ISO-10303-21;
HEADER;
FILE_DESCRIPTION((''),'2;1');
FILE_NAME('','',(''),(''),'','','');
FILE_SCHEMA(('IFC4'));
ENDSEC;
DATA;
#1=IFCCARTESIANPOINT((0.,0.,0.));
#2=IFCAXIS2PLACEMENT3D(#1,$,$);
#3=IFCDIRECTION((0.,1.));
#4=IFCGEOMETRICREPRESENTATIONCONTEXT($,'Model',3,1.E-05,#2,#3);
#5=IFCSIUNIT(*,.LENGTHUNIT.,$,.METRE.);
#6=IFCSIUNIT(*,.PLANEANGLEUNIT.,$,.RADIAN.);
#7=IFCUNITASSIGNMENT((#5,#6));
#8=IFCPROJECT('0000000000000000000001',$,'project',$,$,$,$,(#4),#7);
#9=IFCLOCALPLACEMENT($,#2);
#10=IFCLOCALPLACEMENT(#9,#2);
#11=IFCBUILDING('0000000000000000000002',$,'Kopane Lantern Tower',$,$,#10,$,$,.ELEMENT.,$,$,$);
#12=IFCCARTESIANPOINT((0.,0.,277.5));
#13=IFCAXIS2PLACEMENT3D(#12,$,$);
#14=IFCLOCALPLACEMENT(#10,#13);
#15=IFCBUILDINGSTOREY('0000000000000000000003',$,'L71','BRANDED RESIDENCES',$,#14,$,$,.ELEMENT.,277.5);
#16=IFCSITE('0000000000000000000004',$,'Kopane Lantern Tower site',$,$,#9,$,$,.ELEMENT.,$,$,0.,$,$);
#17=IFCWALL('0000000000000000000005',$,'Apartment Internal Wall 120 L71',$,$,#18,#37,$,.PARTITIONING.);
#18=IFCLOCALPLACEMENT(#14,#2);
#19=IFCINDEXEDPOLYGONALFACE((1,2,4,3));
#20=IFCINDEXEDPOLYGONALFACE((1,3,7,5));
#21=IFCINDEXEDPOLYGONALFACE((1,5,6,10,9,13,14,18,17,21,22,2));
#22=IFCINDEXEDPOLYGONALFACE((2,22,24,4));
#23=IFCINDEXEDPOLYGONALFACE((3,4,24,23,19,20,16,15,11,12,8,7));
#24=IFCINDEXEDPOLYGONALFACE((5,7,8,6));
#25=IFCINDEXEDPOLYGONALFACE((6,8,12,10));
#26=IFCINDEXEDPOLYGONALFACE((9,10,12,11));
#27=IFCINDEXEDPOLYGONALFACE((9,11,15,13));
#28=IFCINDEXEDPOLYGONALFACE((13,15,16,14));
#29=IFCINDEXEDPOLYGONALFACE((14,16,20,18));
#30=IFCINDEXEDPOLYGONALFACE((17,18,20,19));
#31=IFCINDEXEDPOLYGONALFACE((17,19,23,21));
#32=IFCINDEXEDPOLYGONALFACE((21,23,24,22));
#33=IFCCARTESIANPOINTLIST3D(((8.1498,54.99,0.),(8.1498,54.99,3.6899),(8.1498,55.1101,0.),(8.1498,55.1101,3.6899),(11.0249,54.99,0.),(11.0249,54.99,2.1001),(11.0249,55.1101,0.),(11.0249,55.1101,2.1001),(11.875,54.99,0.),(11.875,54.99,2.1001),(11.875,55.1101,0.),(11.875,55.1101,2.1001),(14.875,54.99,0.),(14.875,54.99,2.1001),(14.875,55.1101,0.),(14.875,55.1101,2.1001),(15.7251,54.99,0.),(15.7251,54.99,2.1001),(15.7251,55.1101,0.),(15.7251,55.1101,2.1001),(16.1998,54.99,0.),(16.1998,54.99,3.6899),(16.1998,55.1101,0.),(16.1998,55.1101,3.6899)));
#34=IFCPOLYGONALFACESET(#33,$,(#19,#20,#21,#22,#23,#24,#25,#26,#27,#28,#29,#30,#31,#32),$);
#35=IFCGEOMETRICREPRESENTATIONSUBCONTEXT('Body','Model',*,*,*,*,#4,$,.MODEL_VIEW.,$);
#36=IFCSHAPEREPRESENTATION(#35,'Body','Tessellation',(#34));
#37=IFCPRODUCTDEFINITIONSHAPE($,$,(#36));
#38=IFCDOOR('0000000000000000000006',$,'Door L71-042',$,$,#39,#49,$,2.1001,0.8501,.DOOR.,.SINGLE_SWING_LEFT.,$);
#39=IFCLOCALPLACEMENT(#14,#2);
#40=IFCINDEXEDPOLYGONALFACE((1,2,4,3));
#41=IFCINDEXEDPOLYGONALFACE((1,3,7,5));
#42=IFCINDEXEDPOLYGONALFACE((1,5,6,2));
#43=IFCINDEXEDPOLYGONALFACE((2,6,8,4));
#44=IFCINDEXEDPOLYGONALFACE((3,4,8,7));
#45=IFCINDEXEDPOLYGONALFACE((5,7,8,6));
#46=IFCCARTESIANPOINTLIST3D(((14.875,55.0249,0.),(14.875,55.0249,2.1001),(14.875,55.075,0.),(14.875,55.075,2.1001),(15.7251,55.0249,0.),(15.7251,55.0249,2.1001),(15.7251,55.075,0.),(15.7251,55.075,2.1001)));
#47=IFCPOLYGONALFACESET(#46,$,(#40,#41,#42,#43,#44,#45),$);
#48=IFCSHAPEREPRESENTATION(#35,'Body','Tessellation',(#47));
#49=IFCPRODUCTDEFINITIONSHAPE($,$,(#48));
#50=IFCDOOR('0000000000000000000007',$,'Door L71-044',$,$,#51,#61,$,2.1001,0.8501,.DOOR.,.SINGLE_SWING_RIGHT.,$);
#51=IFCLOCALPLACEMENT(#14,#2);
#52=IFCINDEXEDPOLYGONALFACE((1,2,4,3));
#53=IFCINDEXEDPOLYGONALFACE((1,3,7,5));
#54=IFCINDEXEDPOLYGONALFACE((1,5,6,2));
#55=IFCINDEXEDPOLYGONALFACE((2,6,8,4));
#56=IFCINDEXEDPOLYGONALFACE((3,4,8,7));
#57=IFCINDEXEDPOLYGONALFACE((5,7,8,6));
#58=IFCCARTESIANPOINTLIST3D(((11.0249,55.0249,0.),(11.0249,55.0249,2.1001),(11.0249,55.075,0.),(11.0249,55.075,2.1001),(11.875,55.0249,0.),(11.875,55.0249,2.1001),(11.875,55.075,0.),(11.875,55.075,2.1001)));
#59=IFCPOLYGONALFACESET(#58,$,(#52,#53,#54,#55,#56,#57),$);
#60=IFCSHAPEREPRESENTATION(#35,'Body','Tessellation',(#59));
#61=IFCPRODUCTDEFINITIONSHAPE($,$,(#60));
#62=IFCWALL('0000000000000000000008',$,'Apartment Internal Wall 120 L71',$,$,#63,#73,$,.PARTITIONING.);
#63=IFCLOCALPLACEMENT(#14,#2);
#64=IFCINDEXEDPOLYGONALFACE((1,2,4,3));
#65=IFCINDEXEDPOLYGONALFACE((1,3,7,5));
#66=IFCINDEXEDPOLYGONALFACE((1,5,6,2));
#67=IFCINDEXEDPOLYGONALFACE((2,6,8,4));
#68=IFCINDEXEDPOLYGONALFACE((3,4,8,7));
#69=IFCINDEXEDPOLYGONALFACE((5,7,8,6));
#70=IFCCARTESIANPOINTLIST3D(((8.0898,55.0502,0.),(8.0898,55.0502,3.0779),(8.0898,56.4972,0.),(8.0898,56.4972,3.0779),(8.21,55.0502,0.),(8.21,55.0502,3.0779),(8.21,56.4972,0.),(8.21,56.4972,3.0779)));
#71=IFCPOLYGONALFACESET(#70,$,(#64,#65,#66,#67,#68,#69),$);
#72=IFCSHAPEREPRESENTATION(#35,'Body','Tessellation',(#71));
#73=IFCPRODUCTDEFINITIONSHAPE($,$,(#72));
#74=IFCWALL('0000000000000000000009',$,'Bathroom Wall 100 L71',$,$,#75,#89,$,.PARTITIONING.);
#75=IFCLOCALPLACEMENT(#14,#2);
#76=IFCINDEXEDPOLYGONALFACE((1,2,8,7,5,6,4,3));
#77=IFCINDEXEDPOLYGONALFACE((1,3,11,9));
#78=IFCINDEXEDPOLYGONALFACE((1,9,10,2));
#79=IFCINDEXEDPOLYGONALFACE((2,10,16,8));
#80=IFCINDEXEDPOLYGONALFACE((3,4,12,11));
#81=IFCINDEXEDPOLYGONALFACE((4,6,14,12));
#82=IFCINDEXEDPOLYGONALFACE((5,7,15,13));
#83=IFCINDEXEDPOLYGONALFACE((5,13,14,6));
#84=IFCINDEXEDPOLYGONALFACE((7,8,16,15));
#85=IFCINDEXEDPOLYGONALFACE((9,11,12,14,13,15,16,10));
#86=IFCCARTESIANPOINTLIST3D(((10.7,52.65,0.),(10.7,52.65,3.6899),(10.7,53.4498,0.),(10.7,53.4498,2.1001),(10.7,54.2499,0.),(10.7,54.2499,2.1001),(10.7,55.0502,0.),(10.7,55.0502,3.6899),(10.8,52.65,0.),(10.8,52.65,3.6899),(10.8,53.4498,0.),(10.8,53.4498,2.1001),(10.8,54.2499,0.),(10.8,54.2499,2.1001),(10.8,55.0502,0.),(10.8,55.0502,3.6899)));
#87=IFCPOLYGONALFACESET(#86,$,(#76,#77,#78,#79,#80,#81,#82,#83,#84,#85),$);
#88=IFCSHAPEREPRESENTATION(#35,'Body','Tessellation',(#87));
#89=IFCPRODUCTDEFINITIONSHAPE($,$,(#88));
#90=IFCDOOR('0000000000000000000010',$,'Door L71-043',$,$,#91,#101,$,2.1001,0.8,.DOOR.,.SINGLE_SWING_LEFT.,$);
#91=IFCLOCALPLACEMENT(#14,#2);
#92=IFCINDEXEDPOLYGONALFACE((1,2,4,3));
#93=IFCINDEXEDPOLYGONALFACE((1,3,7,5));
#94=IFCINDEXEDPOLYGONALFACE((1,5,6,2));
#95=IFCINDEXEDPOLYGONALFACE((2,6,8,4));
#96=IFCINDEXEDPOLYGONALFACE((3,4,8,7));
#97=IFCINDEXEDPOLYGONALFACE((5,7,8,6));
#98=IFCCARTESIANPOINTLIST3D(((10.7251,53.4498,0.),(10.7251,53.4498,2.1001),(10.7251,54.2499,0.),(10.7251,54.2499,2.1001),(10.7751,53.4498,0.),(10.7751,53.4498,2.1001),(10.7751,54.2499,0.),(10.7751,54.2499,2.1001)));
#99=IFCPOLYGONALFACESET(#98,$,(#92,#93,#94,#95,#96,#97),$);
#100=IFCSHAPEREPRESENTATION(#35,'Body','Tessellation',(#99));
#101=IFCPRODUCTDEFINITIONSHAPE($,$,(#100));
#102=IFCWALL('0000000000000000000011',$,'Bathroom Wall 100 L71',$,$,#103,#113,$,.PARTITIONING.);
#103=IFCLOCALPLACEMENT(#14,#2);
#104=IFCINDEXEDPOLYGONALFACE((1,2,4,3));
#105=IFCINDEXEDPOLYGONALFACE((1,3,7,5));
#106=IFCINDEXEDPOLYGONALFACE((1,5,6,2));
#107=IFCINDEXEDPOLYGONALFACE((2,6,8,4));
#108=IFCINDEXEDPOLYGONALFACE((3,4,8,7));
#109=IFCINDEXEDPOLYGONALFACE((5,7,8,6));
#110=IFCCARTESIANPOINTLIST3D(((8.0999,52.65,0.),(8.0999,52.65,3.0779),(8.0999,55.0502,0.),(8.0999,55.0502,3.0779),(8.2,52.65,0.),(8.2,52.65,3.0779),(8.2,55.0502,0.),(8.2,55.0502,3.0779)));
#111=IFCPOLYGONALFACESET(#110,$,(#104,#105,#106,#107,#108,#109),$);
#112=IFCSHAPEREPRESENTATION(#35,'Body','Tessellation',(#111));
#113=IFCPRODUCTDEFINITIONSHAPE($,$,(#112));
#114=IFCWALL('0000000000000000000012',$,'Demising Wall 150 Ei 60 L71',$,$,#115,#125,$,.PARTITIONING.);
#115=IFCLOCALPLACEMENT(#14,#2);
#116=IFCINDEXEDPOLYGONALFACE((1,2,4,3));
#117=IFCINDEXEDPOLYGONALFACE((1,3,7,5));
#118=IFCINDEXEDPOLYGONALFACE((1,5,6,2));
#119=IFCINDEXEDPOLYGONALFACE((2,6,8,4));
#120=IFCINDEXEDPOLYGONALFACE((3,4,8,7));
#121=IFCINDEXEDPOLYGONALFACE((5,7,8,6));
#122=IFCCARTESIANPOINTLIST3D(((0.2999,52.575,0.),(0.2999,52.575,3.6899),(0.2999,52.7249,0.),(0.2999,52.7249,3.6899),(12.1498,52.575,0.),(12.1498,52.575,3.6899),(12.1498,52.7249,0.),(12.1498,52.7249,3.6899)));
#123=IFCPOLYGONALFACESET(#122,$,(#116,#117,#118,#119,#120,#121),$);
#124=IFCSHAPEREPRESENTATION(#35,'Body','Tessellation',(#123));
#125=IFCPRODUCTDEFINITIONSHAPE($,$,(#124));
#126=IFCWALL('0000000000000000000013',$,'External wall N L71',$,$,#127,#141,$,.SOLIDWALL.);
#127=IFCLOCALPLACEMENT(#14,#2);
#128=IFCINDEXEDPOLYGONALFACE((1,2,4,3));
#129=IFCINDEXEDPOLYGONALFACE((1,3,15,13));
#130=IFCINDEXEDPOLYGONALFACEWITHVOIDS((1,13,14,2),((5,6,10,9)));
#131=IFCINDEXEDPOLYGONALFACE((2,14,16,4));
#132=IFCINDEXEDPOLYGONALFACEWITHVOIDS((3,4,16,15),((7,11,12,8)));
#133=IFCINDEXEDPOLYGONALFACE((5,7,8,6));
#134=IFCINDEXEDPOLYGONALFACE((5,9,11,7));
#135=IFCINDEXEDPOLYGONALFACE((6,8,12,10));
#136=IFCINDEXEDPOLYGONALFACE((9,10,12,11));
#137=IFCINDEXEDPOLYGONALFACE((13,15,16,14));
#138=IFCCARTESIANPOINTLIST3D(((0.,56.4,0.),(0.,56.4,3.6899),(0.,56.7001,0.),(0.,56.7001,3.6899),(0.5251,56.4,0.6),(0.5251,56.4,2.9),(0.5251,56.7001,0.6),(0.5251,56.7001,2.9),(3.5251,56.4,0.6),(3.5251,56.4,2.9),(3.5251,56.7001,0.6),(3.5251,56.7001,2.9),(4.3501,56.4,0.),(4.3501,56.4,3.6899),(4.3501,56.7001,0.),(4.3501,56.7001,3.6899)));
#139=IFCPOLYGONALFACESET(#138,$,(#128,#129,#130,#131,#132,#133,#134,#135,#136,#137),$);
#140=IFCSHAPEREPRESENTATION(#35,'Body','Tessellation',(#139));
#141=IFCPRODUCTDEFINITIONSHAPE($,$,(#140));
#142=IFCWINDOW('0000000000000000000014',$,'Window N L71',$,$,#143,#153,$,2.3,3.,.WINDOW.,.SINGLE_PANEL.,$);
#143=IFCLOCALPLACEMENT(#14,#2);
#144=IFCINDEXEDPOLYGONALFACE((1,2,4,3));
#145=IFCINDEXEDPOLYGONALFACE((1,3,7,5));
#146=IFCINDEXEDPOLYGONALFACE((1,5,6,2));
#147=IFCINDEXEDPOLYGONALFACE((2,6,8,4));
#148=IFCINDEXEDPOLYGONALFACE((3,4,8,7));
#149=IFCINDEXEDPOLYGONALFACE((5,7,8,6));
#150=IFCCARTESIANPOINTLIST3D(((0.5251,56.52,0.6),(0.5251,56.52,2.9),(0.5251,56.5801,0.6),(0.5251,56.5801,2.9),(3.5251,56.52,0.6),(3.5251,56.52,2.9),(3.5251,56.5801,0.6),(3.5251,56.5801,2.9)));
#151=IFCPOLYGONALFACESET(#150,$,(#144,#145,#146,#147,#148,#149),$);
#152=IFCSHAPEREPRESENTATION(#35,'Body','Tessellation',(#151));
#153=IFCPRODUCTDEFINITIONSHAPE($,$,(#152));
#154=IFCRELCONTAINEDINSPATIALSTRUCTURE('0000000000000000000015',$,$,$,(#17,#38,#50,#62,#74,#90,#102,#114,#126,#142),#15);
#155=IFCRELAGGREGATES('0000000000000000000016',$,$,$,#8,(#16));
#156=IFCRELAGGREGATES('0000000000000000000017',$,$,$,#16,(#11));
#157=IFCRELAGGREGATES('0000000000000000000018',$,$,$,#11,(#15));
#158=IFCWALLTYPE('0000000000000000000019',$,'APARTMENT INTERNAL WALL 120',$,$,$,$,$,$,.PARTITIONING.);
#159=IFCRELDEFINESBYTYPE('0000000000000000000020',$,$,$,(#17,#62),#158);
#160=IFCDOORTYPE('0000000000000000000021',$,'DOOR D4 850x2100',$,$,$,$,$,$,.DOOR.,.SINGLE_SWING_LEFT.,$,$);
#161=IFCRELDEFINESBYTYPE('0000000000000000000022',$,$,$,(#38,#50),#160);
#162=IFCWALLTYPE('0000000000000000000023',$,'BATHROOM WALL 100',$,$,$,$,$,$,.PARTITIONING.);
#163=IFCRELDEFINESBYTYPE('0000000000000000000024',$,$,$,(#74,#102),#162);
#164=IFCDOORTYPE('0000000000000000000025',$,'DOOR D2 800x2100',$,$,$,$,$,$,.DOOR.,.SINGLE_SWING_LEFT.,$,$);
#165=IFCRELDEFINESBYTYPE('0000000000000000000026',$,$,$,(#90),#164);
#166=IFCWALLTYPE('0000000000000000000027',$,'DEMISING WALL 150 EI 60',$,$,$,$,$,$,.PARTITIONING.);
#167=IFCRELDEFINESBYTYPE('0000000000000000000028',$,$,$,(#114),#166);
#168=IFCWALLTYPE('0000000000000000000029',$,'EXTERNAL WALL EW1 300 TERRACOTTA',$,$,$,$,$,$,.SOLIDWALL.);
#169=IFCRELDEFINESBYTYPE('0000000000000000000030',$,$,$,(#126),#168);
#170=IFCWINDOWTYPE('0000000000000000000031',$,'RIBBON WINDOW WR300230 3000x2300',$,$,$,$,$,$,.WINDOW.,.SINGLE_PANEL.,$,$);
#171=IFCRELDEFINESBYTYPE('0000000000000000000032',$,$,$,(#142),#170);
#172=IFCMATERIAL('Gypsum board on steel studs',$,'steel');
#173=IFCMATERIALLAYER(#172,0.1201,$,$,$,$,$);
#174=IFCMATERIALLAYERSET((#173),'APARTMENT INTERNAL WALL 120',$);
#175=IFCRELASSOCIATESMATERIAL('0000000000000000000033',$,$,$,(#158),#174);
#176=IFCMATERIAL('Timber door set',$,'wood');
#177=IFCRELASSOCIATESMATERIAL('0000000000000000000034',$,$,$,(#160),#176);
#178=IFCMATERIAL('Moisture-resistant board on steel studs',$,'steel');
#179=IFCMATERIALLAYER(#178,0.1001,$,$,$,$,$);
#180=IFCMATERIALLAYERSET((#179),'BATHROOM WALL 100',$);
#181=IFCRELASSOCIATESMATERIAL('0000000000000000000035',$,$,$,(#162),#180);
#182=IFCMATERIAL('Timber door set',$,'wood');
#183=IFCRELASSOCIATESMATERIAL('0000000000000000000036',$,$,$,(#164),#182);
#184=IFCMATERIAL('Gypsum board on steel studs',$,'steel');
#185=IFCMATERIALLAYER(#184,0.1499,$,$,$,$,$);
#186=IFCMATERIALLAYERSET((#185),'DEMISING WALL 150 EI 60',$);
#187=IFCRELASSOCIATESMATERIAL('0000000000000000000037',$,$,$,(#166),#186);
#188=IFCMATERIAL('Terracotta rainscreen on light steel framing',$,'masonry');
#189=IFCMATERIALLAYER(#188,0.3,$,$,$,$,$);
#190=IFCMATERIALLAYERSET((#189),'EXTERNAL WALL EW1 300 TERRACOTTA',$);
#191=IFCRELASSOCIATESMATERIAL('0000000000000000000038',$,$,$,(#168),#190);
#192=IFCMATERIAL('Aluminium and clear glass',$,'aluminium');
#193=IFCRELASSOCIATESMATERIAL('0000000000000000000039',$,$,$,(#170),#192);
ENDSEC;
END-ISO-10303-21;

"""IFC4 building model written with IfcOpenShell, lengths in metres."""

from ifc_helpers import new_model, si_unit, direction, frame, frame_2d, origin, place, context, subcontext, project, spatial, rectangle, extrude, material, layer, layer_set, type_object, element, fill, save


model = new_model("IFC4")

# Units and contexts
model_context = context("Model", 3, precision=1e-05, world=origin(), true_north=direction((0.0, 1.0)))
body_context = subcontext(model_context, "Body", "Model", "MODEL_VIEW")
ifc_project = project(units=[si_unit("LENGTHUNIT", "METRE"), si_unit("PLANEANGLEUNIT", "RADIAN")], contexts=[model_context])

# Site, building, storey
site_placement = place(None, origin())
site = spatial("IfcSite", under=ifc_project, at=site_placement, Name="Kopane Lantern Tower site", CompositionType="ELEMENT", RefElevation=0.0)
building_placement = place(site_placement, origin())
building = spatial("IfcBuilding", under=site, at=building_placement, Name="Kopane Lantern Tower", CompositionType="ELEMENT")
storey_placement = place(building_placement, frame((0.0, 0.0, 277.5)))
storey = spatial("IfcBuildingStorey", under=building, at=storey_placement, Name="L71", Description="BRANDED RESIDENCES", CompositionType="ELEMENT", Elevation=277.5)

# Wall, openings, doors
ifc_material_1 = material(Name="Gypsum board on steel studs", Category="steel")
ifc_layer_1 = layer(ifc_material_1, 0.1201)
ifc_layer_set_1 = layer_set([ifc_layer_1], Name="APARTMENT INTERNAL WALL 120")
wall_type_1 = type_object("IfcWallType", Name="APARTMENT INTERNAL WALL 120", PredefinedType="PARTITIONING", material=ifc_layer_set_1)
wall_1_placement = place(storey_placement, frame((8.1499, 55.05, 0.0), z_axis=(0.0, 0.0, 1.0), x_axis=(1.0, 0.0, 0.0)))
wall_1 = element("IfcWall", 1, at=wall_1_placement, inside=storey, type_object=wall_type_1, Name="Apartment Internal Wall 120 L71", PredefinedType="PARTITIONING", context=body_context, shape_type="SweptSolid", body=[
    extrude(rectangle(XDim=8.05, YDim=0.1201, at=frame_2d((4.0249, 0.0))), origin(), (0.0, 0.0, 1.0), 3.6899),
])
opening_1_placement = place(wall_1_placement, frame((6.7251, 0.0, 0.0)))
opening_1 = element("IfcOpeningElement", 2, at=opening_1_placement, cuts=wall_1, PredefinedType="OPENING", context=body_context, shape_type="SweptSolid", body=[
    extrude(rectangle(XDim=0.8501, YDim=2.1001, at=frame_2d((0.425, 1.05))), frame((0.0, 0.0701, 0.0), z_axis=(0.0, -1.0, 0.0), x_axis=(1.0, 0.0, 0.0)), (0.0, 0.0, 1.0), 0.1401),
])
opening_2_placement = place(wall_1_placement, frame((2.875, 0.0, 0.0)))
opening_2 = element("IfcOpeningElement", 3, at=opening_2_placement, cuts=wall_1, PredefinedType="OPENING", context=body_context, shape_type="SweptSolid", body=[
    extrude(rectangle(XDim=0.8501, YDim=2.1001, at=frame_2d((0.425, 1.05))), frame((0.0, 0.0701, 0.0), z_axis=(0.0, -1.0, 0.0), x_axis=(1.0, 0.0, 0.0)), (0.0, 0.0, 1.0), 0.1401),
])
ifc_material_2 = material(Name="Timber door set", Category="wood")
door_type_1 = type_object("IfcDoorType", Name="DOOR D4 850x2100", OperationType="SINGLE_SWING_LEFT", PredefinedType="DOOR", material=ifc_material_2)
door_1_placement = place(opening_1_placement, origin())
door_1 = element("IfcDoor", 4, at=door_1_placement, inside=storey, type_object=door_type_1, Name="Door L71-042", OperationType="SINGLE_SWING_LEFT", OverallHeight=2.1001, OverallWidth=0.8501, PredefinedType="DOOR", context=body_context, shape_type="SweptSolid", body=[
    extrude(rectangle(XDim=0.8501, YDim=2.1001, at=frame_2d((0.425, 1.05))), frame((0.0, 0.0249, 0.0), z_axis=(0.0, -1.0, 0.0), x_axis=(1.0, 0.0, 0.0)), (0.0, 0.0, 1.0), 0.05),
])
fill(opening_1, door_1)
door_2_placement = place(opening_2_placement, origin())
door_2 = element("IfcDoor", 5, at=door_2_placement, inside=storey, type_object=door_type_1, Name="Door L71-044", OperationType="SINGLE_SWING_RIGHT", OverallHeight=2.1001, OverallWidth=0.8501, PredefinedType="DOOR", context=body_context, shape_type="SweptSolid", body=[
    extrude(rectangle(XDim=0.8501, YDim=2.1001, at=frame_2d((0.425, 1.05))), frame((0.0, 0.0249, 0.0), z_axis=(0.0, -1.0, 0.0), x_axis=(1.0, 0.0, 0.0)), (0.0, 0.0, 1.0), 0.05),
])
fill(opening_2, door_2)

# Wall
wall_2_placement = place(storey_placement, frame((8.1499, 55.05, 0.0), z_axis=(0.0, 0.0, 1.0), x_axis=(0.0, 1.0, 0.0)))
element("IfcWall", 6, at=wall_2_placement, inside=storey, type_object=wall_type_1, Name="Apartment Internal Wall 120 L71", PredefinedType="PARTITIONING", context=body_context, shape_type="SweptSolid", body=[
    extrude(rectangle(XDim=1.447, YDim=0.1201, at=frame_2d((0.7236, 0.0))), origin(), (0.0, 0.0, 1.0), 3.0779),
])

# Wall, opening, door
ifc_material_3 = material(Name="Moisture-resistant board on steel studs", Category="steel")
ifc_layer_2 = layer(ifc_material_3, 0.1001)
ifc_layer_set_2 = layer_set([ifc_layer_2], Name="BATHROOM WALL 100")
wall_type_2 = type_object("IfcWallType", Name="BATHROOM WALL 100", PredefinedType="PARTITIONING", material=ifc_layer_set_2)
wall_3_placement = place(storey_placement, frame((10.75, 52.6499, 0.0), z_axis=(0.0, 0.0, 1.0), x_axis=(0.0, 1.0, 0.0)))
wall_3 = element("IfcWall", 7, at=wall_3_placement, inside=storey, type_object=wall_type_2, Name="Bathroom Wall 100 L71", PredefinedType="PARTITIONING", context=body_context, shape_type="SweptSolid", body=[
    extrude(rectangle(XDim=2.4001, YDim=0.1001, at=frame_2d((1.2002, 0.0))), origin(), (0.0, 0.0, 1.0), 3.6899),
])
opening_3_placement = place(wall_3_placement, frame((0.8, 0.0, 0.0)))
opening_3 = element("IfcOpeningElement", 8, at=opening_3_placement, cuts=wall_3, PredefinedType="OPENING", context=body_context, shape_type="SweptSolid", body=[
    extrude(rectangle(XDim=0.8, YDim=2.1001, at=frame_2d((0.3999, 1.05))), frame((0.0, 0.0601, 0.0), z_axis=(0.0, -1.0, 0.0), x_axis=(1.0, 0.0, 0.0)), (0.0, 0.0, 1.0), 0.1201),
])
ifc_material_4 = material(Name="Timber door set", Category="wood")
door_type_2 = type_object("IfcDoorType", Name="DOOR D2 800x2100", OperationType="SINGLE_SWING_LEFT", PredefinedType="DOOR", material=ifc_material_4)
door_3_placement = place(opening_3_placement, origin())
door_3 = element("IfcDoor", 9, at=door_3_placement, inside=storey, type_object=door_type_2, Name="Door L71-043", OperationType="SINGLE_SWING_LEFT", OverallHeight=2.1001, OverallWidth=0.8, PredefinedType="DOOR", context=body_context, shape_type="SweptSolid", body=[
    extrude(rectangle(XDim=0.8, YDim=2.1001, at=frame_2d((0.3999, 1.05))), frame((0.0, 0.0249, 0.0), z_axis=(0.0, -1.0, 0.0), x_axis=(1.0, 0.0, 0.0)), (0.0, 0.0, 1.0), 0.05),
])
fill(opening_3, door_3)

# Walls
wall_4_placement = place(storey_placement, frame((8.1499, 52.6499, 0.0), z_axis=(0.0, 0.0, 1.0), x_axis=(0.0, 1.0, 0.0)))
element("IfcWall", 10, at=wall_4_placement, inside=storey, type_object=wall_type_2, Name="Bathroom Wall 100 L71", PredefinedType="PARTITIONING", context=body_context, shape_type="SweptSolid", body=[
    extrude(rectangle(XDim=2.4001, YDim=0.1001, at=frame_2d((1.2002, 0.0))), origin(), (0.0, 0.0, 1.0), 3.0779),
])
ifc_material_5 = material(Name="Gypsum board on steel studs", Category="steel")
ifc_layer_3 = layer(ifc_material_5, 0.1499)
ifc_layer_set_3 = layer_set([ifc_layer_3], Name="DEMISING WALL 150 EI 60")
wall_type_3 = type_object("IfcWallType", Name="DEMISING WALL 150 EI 60", PredefinedType="PARTITIONING", material=ifc_layer_set_3)
wall_5_placement = place(storey_placement, frame((0.3, 52.6499, 0.0), z_axis=(0.0, 0.0, 1.0), x_axis=(1.0, 0.0, 0.0)))
element("IfcWall", 11, at=wall_5_placement, inside=storey, type_object=wall_type_3, Name="Demising Wall 150 Ei 60 L71", PredefinedType="PARTITIONING", context=body_context, shape_type="SweptSolid", body=[
    extrude(rectangle(XDim=11.8499, YDim=0.1499, at=frame_2d((5.9248, 0.0))), origin(), (0.0, 0.0, 1.0), 3.6899),
])

# Wall, opening, window
ifc_material_6 = material(Name="Terracotta rainscreen on light steel framing", Category="masonry")
ifc_layer_4 = layer(ifc_material_6, 0.3)
ifc_layer_set_4 = layer_set([ifc_layer_4], Name="EXTERNAL WALL EW1 300 TERRACOTTA")
wall_type_4 = type_object("IfcWallType", Name="EXTERNAL WALL EW1 300 TERRACOTTA", PredefinedType="SOLIDWALL", material=ifc_layer_set_4)
wall_6_placement = place(storey_placement, frame((4.3501, 56.55, 0.0), z_axis=(0.0, 0.0, 1.0), x_axis=(-1.0, 0.0, 0.0)))
wall_6 = element("IfcWall", 12, at=wall_6_placement, inside=storey, type_object=wall_type_4, Name="External wall N L71", PredefinedType="SOLIDWALL", context=body_context, shape_type="SweptSolid", body=[
    extrude(rectangle(XDim=4.3501, YDim=0.3, at=frame_2d((2.175, 0.0))), origin(), (0.0, 0.0, 1.0), 3.6899),
])
opening_4_placement = place(wall_6_placement, frame((0.825, 0.0, 0.6001)))
opening_4 = element("IfcOpeningElement", 13, at=opening_4_placement, cuts=wall_6, PredefinedType="OPENING", context=body_context, shape_type="SweptSolid", body=[
    extrude(rectangle(XDim=3.0, YDim=2.3, at=frame_2d((1.5, 1.1499))), frame((0.0, 0.1599, 0.0), z_axis=(0.0, -1.0, 0.0), x_axis=(1.0, 0.0, 0.0)), (0.0, 0.0, 1.0), 0.3201),
])
ifc_material_7 = material(Name="Aluminium and clear glass", Category="aluminium")
window_type_1 = type_object("IfcWindowType", Name="RIBBON WINDOW WR300230 3000x2300", PartitioningType="SINGLE_PANEL", PredefinedType="WINDOW", material=ifc_material_7)
window_1_placement = place(opening_4_placement, origin())
window_1 = element("IfcWindow", 14, at=window_1_placement, inside=storey, type_object=window_type_1, Name="Window N L71", OverallHeight=2.3, OverallWidth=3.0, PartitioningType="SINGLE_PANEL", PredefinedType="WINDOW", context=body_context, shape_type="SweptSolid", body=[
    extrude(rectangle(XDim=3.0, YDim=2.3, at=frame_2d((1.5, 1.1499))), frame((0.0, 0.03, 0.0), z_axis=(0.0, -1.0, 0.0), x_axis=(1.0, 0.0, 0.0)), (0.0, 0.0, 1.0), 0.0601),
])
fill(opening_4, window_1)

save(model, "model.ifc")
